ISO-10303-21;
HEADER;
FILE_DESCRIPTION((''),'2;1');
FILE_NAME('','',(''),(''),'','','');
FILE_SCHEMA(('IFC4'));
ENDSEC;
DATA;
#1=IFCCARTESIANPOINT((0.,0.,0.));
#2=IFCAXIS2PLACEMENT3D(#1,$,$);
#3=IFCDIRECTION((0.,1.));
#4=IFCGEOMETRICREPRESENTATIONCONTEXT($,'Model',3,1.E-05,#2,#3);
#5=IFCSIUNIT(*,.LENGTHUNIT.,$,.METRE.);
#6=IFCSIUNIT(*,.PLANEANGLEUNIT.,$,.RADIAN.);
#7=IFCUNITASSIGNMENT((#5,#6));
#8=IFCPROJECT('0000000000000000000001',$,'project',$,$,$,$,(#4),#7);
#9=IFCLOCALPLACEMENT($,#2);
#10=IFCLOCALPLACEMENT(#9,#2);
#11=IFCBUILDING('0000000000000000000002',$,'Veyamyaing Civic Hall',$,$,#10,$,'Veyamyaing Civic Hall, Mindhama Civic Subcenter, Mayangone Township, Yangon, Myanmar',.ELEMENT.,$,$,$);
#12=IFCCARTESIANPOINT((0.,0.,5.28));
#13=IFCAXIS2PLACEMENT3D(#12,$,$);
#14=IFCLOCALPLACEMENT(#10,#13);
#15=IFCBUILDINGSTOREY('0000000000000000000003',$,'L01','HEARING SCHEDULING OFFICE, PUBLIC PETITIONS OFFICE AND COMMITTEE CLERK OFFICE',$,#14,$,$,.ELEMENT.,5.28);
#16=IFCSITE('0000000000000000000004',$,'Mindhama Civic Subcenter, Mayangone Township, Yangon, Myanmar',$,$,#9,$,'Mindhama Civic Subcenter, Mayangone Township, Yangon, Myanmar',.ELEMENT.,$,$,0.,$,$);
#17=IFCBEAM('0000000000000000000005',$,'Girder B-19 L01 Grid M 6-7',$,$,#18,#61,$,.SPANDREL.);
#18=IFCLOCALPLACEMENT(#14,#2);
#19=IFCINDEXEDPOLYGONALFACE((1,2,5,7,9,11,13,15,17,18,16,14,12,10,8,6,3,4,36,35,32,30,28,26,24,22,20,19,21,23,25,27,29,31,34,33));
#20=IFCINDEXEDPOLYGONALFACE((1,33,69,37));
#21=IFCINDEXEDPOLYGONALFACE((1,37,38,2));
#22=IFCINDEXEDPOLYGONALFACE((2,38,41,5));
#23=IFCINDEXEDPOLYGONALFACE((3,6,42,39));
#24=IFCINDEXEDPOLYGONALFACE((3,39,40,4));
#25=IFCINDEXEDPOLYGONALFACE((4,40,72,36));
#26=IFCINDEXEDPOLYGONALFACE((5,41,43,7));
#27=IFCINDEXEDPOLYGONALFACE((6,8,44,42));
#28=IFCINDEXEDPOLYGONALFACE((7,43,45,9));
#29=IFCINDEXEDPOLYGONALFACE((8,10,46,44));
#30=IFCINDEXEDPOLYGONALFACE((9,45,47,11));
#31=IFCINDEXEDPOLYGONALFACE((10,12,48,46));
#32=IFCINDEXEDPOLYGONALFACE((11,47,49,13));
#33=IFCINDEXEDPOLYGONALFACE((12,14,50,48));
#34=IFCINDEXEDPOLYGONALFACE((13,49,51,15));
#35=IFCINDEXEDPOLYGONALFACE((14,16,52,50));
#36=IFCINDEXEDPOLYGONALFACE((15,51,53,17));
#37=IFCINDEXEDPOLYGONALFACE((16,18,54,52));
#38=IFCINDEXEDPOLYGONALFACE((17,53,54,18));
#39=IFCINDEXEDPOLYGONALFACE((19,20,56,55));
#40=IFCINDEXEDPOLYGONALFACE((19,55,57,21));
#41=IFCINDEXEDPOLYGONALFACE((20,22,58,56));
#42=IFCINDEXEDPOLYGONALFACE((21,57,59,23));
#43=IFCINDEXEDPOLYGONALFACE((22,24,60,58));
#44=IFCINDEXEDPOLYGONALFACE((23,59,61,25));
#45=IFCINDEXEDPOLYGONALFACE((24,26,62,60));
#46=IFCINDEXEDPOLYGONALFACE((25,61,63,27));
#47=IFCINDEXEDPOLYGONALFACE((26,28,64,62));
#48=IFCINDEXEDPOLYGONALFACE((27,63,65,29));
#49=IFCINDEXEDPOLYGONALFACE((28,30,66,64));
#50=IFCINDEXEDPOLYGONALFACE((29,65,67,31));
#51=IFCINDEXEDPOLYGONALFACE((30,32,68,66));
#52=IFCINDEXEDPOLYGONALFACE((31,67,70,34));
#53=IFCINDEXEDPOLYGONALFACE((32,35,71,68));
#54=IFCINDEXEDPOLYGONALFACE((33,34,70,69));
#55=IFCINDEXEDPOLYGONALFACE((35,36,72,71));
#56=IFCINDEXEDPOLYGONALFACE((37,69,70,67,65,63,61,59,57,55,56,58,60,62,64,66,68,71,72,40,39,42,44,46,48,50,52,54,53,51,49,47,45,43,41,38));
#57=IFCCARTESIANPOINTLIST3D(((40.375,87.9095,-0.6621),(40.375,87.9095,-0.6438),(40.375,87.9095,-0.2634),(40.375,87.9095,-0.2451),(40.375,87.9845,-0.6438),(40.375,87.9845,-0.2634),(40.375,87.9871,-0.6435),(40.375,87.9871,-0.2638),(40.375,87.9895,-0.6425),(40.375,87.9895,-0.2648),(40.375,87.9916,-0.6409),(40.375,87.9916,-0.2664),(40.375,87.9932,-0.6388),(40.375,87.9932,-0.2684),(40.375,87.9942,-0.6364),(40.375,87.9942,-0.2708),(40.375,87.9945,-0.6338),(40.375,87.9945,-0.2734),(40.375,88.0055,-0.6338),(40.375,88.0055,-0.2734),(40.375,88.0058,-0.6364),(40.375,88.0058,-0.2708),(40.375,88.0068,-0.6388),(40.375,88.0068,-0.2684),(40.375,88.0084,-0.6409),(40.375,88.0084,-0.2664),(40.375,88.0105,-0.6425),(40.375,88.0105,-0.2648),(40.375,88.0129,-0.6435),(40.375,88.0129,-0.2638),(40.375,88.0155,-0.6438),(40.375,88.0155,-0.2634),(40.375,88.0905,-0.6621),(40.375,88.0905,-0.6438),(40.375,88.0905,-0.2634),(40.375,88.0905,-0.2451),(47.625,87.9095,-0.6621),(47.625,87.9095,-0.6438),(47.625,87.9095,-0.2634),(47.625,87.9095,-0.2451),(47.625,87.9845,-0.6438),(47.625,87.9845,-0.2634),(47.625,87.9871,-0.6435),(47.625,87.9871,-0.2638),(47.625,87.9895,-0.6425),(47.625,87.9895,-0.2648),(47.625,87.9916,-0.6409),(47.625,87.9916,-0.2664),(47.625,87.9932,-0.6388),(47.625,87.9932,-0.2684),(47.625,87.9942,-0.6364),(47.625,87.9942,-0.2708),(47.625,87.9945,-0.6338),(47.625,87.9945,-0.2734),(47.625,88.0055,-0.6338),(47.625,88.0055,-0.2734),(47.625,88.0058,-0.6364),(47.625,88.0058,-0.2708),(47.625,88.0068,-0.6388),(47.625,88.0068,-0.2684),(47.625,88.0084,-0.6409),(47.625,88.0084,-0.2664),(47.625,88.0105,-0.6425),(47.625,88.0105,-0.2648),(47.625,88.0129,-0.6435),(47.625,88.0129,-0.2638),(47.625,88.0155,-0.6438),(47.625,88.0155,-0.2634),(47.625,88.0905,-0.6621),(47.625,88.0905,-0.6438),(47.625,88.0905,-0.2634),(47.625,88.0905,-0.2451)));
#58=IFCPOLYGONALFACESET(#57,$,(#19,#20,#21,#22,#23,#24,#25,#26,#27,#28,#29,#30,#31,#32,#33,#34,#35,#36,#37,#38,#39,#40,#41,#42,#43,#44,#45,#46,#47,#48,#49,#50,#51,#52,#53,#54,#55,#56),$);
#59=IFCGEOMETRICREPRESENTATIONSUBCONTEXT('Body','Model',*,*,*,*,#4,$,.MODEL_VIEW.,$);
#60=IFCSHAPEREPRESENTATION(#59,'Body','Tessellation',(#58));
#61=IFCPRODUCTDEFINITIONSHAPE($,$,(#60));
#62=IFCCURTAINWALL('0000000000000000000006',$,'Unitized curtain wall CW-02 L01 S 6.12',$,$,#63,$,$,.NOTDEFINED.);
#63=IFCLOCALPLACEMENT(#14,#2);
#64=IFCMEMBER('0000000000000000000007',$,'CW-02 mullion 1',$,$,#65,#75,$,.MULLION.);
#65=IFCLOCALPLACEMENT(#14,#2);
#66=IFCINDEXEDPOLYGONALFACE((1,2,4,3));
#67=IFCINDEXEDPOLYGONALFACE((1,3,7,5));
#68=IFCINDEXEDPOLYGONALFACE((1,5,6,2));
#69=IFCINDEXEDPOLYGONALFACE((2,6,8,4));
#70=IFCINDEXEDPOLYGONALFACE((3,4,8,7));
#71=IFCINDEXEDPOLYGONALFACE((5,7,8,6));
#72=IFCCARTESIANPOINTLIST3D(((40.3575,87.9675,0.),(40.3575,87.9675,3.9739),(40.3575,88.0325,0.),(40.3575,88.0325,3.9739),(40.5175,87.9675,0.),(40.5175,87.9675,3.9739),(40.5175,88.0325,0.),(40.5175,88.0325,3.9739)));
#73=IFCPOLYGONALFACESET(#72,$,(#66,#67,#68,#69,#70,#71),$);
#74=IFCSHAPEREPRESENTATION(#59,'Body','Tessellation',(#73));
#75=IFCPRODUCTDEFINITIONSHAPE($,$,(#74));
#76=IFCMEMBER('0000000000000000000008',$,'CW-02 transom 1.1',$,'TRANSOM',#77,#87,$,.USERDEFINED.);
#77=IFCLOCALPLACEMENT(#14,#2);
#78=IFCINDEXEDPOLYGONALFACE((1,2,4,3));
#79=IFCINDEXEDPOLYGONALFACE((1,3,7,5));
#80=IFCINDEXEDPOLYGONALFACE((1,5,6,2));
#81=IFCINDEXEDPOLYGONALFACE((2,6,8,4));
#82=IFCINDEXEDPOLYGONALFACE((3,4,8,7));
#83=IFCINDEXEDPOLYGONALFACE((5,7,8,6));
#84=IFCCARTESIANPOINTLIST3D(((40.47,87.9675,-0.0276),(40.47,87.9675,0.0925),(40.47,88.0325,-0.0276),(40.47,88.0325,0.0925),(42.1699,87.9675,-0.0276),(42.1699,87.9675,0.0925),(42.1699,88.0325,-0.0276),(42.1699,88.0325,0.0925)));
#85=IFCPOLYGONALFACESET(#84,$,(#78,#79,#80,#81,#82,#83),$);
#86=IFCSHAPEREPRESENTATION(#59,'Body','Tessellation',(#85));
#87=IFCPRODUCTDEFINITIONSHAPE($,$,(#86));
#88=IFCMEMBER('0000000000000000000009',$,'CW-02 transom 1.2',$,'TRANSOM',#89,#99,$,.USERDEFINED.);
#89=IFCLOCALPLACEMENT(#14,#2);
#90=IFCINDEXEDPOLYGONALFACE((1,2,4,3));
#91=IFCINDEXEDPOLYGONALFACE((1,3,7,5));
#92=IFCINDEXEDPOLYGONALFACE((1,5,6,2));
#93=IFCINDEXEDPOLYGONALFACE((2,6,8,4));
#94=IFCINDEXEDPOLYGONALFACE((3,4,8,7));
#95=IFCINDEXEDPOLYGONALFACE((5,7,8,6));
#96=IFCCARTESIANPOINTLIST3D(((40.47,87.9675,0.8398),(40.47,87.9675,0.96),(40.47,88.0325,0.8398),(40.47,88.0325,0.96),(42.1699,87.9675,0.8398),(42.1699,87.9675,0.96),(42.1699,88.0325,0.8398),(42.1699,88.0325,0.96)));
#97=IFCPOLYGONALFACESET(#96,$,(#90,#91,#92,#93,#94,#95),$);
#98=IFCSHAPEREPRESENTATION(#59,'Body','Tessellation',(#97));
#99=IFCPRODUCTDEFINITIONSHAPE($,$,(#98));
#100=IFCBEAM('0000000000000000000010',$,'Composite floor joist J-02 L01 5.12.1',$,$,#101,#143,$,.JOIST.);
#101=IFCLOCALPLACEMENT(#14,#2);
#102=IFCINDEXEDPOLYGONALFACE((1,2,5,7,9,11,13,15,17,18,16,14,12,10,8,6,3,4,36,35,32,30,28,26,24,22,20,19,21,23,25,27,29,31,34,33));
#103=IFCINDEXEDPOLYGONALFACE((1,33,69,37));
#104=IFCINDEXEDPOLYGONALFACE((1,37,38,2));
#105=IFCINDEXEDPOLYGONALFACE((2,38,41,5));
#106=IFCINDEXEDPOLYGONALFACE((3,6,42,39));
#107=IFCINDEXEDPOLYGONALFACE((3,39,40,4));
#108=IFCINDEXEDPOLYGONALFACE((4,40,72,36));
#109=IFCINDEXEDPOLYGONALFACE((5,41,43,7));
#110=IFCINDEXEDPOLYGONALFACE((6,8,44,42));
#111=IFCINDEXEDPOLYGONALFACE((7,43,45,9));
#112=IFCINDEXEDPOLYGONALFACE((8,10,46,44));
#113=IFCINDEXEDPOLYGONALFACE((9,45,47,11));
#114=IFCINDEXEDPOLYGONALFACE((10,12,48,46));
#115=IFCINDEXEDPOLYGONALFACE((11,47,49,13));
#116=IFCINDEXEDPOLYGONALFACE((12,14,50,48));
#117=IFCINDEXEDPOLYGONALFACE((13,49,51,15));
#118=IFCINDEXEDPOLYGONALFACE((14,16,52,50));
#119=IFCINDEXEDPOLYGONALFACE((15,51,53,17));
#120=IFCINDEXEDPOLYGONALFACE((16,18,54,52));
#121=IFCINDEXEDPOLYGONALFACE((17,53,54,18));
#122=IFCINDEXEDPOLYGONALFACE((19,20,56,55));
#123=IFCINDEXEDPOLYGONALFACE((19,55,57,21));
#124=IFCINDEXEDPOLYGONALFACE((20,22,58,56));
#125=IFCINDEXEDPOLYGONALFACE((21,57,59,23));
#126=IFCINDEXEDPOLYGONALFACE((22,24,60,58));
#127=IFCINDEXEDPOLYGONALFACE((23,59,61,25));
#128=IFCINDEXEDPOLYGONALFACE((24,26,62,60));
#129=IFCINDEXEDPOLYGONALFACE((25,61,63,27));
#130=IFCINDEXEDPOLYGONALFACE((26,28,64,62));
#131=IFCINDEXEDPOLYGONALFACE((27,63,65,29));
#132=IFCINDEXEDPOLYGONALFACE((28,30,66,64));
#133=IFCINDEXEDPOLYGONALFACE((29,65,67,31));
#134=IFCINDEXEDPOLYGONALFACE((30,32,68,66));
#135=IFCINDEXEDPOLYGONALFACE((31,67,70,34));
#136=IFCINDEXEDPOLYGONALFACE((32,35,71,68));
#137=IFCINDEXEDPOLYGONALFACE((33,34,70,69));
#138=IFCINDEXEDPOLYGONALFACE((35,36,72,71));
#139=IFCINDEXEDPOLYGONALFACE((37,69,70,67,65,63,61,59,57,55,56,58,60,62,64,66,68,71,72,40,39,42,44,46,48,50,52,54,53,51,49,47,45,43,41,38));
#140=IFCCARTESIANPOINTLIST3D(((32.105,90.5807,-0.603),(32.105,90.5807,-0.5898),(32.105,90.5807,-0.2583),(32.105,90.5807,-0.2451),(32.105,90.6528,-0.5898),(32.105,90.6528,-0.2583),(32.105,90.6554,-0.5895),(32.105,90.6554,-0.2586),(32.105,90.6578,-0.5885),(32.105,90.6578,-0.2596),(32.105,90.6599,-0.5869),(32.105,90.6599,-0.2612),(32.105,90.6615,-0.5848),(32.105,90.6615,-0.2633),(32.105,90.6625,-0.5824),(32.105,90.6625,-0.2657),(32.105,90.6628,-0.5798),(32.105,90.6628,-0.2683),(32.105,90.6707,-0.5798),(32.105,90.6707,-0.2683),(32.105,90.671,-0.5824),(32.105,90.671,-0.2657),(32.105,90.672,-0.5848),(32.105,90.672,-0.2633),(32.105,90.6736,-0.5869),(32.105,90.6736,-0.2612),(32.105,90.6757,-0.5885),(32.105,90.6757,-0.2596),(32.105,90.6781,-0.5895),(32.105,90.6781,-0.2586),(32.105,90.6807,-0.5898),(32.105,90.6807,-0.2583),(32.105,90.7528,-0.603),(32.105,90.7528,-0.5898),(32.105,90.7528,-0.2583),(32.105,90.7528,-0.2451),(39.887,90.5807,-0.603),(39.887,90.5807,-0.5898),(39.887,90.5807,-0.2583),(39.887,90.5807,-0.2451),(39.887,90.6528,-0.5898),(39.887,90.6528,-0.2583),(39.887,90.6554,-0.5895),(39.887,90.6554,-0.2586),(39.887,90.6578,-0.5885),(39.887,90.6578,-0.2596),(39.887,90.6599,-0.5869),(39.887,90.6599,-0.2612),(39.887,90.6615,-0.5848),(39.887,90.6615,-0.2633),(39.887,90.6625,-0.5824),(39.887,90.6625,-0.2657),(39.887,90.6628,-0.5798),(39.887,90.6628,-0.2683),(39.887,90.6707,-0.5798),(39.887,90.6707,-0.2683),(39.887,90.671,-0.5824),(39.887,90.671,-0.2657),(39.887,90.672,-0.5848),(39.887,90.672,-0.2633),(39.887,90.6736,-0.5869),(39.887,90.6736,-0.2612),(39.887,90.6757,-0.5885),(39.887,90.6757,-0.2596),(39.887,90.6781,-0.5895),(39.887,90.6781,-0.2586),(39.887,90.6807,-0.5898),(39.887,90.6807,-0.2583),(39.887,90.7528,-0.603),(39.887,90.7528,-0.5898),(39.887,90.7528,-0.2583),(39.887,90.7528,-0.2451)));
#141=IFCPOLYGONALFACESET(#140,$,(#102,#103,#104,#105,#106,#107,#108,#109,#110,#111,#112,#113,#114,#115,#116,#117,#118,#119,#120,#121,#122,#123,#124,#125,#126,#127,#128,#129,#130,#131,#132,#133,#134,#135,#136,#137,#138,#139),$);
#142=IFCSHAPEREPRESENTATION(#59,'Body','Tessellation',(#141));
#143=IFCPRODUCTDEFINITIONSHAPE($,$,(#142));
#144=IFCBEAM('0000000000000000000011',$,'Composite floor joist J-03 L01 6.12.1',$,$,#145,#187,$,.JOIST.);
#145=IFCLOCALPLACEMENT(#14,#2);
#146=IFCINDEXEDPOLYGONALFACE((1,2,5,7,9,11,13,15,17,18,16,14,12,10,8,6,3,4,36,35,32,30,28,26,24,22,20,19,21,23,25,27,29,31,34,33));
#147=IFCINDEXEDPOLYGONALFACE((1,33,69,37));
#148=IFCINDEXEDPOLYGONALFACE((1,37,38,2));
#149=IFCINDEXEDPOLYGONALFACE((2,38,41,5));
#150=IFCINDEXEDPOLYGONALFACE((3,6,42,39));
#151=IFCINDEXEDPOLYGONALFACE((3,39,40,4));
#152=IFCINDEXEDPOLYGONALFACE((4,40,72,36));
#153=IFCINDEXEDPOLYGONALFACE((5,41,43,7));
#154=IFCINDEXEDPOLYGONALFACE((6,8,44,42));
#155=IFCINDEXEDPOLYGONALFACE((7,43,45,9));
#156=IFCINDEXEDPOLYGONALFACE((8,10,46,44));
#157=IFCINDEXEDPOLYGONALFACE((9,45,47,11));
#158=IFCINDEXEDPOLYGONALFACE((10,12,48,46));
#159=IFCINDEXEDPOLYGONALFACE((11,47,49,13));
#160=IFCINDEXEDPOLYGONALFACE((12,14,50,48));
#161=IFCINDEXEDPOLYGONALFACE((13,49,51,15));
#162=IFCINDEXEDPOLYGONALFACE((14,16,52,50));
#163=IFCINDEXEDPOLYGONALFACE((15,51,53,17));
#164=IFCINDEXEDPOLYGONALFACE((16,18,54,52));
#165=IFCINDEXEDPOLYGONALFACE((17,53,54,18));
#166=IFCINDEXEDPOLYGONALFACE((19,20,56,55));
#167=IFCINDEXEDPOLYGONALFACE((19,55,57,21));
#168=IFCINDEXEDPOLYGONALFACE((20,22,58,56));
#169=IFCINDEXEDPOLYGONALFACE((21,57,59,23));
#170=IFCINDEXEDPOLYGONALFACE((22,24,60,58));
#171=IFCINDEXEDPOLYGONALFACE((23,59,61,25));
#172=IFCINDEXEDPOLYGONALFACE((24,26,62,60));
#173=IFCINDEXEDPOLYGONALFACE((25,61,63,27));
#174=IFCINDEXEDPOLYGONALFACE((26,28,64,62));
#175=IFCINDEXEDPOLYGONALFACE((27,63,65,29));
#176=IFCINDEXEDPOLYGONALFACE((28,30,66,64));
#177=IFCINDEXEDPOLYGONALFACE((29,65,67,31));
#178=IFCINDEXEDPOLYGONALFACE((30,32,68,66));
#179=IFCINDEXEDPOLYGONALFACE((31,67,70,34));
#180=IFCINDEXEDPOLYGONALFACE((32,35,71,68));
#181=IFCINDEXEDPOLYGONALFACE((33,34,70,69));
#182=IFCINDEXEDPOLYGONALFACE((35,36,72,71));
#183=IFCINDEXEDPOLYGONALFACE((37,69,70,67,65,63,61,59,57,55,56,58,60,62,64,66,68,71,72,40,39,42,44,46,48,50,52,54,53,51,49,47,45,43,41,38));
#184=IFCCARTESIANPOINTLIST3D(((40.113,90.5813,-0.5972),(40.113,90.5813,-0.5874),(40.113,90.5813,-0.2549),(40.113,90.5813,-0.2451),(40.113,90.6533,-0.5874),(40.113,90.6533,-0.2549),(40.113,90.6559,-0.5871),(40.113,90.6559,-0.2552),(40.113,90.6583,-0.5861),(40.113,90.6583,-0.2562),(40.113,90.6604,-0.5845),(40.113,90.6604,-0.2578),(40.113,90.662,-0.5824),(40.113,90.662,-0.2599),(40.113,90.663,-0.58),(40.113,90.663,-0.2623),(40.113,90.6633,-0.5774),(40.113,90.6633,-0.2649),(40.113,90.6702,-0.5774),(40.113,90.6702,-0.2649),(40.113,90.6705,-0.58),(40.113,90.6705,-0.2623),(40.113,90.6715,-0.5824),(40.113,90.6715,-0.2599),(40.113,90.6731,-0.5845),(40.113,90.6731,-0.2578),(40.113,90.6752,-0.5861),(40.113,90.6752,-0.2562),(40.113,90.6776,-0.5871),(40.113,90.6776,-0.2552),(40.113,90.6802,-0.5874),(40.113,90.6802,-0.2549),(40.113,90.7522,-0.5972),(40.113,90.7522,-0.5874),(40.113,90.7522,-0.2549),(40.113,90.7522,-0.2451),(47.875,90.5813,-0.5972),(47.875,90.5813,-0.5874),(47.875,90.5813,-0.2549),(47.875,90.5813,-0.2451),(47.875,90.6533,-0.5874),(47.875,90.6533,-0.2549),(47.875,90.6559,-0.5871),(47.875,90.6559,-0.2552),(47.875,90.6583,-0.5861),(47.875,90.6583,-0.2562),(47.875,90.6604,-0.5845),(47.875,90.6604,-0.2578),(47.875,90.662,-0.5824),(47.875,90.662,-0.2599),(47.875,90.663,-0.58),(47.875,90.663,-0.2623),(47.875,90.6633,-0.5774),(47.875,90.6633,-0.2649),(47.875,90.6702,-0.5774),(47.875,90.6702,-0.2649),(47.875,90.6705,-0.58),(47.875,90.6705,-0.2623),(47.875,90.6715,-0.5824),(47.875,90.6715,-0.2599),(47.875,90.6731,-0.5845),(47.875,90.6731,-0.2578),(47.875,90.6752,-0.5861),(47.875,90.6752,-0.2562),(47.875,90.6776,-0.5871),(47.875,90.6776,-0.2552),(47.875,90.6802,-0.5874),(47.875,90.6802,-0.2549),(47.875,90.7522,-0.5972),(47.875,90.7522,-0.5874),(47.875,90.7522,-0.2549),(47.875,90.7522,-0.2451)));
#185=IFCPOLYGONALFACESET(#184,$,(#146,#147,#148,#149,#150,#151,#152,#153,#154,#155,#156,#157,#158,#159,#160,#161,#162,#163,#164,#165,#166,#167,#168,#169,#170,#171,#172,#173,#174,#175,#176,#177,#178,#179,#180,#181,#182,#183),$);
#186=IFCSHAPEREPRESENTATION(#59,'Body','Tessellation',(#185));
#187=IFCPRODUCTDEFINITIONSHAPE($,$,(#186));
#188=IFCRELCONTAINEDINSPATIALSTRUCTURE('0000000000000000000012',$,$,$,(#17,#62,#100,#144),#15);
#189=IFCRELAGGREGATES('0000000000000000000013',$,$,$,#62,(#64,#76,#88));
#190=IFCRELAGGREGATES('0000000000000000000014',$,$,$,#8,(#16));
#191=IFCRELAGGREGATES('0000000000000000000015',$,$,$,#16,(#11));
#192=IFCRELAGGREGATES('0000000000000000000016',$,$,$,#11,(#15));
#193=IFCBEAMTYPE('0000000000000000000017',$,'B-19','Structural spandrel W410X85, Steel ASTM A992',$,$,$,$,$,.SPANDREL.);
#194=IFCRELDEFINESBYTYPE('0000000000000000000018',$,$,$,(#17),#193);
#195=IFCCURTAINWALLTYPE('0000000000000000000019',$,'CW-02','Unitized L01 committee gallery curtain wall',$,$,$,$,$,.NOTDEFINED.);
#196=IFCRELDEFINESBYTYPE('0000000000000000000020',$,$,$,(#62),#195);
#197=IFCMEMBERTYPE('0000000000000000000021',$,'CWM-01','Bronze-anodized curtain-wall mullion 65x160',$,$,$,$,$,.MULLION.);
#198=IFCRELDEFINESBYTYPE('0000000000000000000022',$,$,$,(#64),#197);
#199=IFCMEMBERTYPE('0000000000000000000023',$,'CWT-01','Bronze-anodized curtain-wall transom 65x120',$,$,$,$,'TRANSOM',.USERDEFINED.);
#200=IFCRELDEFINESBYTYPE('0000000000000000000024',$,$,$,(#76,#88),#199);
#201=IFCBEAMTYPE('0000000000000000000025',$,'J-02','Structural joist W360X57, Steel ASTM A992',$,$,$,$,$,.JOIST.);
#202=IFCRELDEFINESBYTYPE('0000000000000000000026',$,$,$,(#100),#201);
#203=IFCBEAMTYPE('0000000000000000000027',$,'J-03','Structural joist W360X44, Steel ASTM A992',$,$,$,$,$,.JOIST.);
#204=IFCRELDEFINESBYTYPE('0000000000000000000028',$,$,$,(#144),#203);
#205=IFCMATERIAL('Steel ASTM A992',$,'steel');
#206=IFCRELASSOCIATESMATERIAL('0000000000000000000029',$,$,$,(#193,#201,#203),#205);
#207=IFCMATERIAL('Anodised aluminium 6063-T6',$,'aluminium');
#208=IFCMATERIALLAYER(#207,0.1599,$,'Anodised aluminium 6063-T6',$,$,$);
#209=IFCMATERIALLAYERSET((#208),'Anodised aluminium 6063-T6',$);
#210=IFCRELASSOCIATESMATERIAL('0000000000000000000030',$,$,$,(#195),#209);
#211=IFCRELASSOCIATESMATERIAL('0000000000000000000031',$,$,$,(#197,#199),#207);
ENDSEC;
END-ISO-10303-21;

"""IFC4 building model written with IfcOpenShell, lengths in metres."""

from ifc_helpers import new_model, si_unit, direction, frame, origin, origin_2d, place, context, subcontext, project, spatial, rectangle, i_section, extrude, material, layer, layer_set, material_profile, profile_set, type_object, element, aggregate, save


model = new_model("IFC4")

# Units and contexts
model_context = context("Model", 3, precision=1e-05, world=origin(), true_north=direction((0.0, 1.0)))
body_context = subcontext(model_context, "Body", "Model", "MODEL_VIEW")
ifc_project = project(units=[si_unit("LENGTHUNIT", "METRE"), si_unit("PLANEANGLEUNIT", "RADIAN")], contexts=[model_context])

# Site, building, storey
site_placement = place(None, origin())
site = spatial("IfcSite", under=ifc_project, at=site_placement, Name="Mindhama Civic Subcenter, Mayangone Township, Yangon, Myanmar", LongName="Mindhama Civic Subcenter, Mayangone Township, Yangon, Myanmar", CompositionType="ELEMENT", RefElevation=0.0)
building_placement = place(site_placement, origin())
building = spatial("IfcBuilding", under=site, at=building_placement, Name="Veyamyaing Civic Hall", LongName="Veyamyaing Civic Hall, Mindhama Civic Subcenter, Mayangone Township, Yangon, Myanmar", CompositionType="ELEMENT")
storey_placement = place(building_placement, frame((0.0, 0.0, 5.28)))
storey = spatial("IfcBuildingStorey", under=building, at=storey_placement, Name="L01", Description="HEARING SCHEDULING OFFICE, PUBLIC PETITIONS OFFICE AND COMMITTEE CLERK OFFICE", CompositionType="ELEMENT", Elevation=5.28)

# Beam
ifc_material_1 = material(Name="Steel ASTM A992", Category="steel")
ifc_material_profile_1 = material_profile(ifc_material_1, i_section(OverallWidth=0.1809, OverallDepth=0.417, WebThickness=0.011, FlangeThickness=0.0183, FilletRadius=0.01, at=origin_2d()), Name="W410X85")
ifc_profile_set_1 = profile_set([ifc_material_profile_1], Name="Steel ASTM A992")
beam_type_1 = type_object("IfcBeamType", Name="B-19", Description="Structural spandrel W410X85, Steel ASTM A992", PredefinedType="SPANDREL", material=ifc_profile_set_1)
beam_1_placement = place(storey_placement, frame((40.375, 88.0, -0.4536), z_axis=(1.0, 0.0, 0.0), x_axis=(0.0, 1.0, 0.0)))
element("IfcBeam", 1, at=beam_1_placement, inside=storey, type_object=beam_type_1, Name="Girder B-19 L01 Grid M 6-7", PredefinedType="SPANDREL", context=body_context, shape_type="SweptSolid", body=[
    extrude(i_section(OverallWidth=0.1809, OverallDepth=0.417, WebThickness=0.011, FlangeThickness=0.0183, FilletRadius=0.01, at=origin_2d()), origin(), (0.0, 0.0, 1.0), 7.25),
])

# Curtain wall, members
ifc_material_2 = material(Name="Anodised aluminium 6063-T6", Category="aluminium")
ifc_layer_1 = layer(ifc_material_2, 0.1599, Name="Anodised aluminium 6063-T6")
ifc_layer_set_1 = layer_set([ifc_layer_1], Name="Anodised aluminium 6063-T6")
curtain_wall_type = type_object("IfcCurtainWallType", Name="CW-02", Description="Unitized L01 committee gallery curtain wall", PredefinedType="NOTDEFINED", material=ifc_layer_set_1)
curtain_wall_placement = place(storey_placement, origin())
curtain_wall = element("IfcCurtainWall", 2, at=curtain_wall_placement, inside=storey, type_object=curtain_wall_type, Name="Unitized curtain wall CW-02 L01 S 6.12", PredefinedType="NOTDEFINED")
ifc_material_profile_2 = material_profile(ifc_material_2, rectangle(XDim=0.0649, YDim=0.1599, at=origin_2d()), Name="ALU-MUL-65X160")
ifc_profile_set_2 = profile_set([ifc_material_profile_2], Name="Anodised aluminium 6063-T6")
member_type_1 = type_object("IfcMemberType", Name="CWM-01", Description="Bronze-anodized curtain-wall mullion 65x160", PredefinedType="MULLION", material=ifc_profile_set_2)
member_1_placement = place(storey_placement, frame((40.4375, 88.0, 0.0), z_axis=(0.0, 0.0, 1.0), x_axis=(0.0, 1.0, 0.0)))
member_1 = element("IfcMember", 3, at=member_1_placement, type_object=member_type_1, Name="CW-02 mullion 1", PredefinedType="MULLION", context=body_context, shape_type="SweptSolid", body=[
    extrude(rectangle(XDim=0.0649, YDim=0.1599, at=origin_2d()), origin(), (0.0, 0.0, 1.0), 3.9739),
])
ifc_material_profile_3 = material_profile(ifc_material_2, rectangle(XDim=0.0649, YDim=0.1201, at=origin_2d()), Name="ALU-TRN-65X120")
ifc_profile_set_3 = profile_set([ifc_material_profile_3], Name="Anodised aluminium 6063-T6")
member_type_2 = type_object("IfcMemberType", Name="CWT-01", Description="Bronze-anodized curtain-wall transom 65x120", ElementType="TRANSOM", PredefinedType="USERDEFINED", material=ifc_profile_set_3)
member_2_placement = place(storey_placement, frame((40.47, 88.0, 0.0325), z_axis=(1.0, 0.0, 0.0), x_axis=(0.0, 1.0, 0.0)))
member_2 = element("IfcMember", 4, at=member_2_placement, type_object=member_type_2, Name="CW-02 transom 1.1", ObjectType="TRANSOM", PredefinedType="USERDEFINED", context=body_context, shape_type="SweptSolid", body=[
    extrude(rectangle(XDim=0.0649, YDim=0.1201, at=origin_2d()), origin(), (0.0, 0.0, 1.0), 1.7),
])
member_3_placement = place(storey_placement, frame((40.47, 88.0, 0.8999), z_axis=(1.0, 0.0, 0.0), x_axis=(0.0, 1.0, 0.0)))
member_3 = element("IfcMember", 5, at=member_3_placement, type_object=member_type_2, Name="CW-02 transom 1.2", ObjectType="TRANSOM", PredefinedType="USERDEFINED", context=body_context, shape_type="SweptSolid", body=[
    extrude(rectangle(XDim=0.0649, YDim=0.1201, at=origin_2d()), origin(), (0.0, 0.0, 1.0), 1.7),
])
aggregate(curtain_wall, [member_1, member_2, member_3])

# Beams
ifc_material_profile_4 = material_profile(ifc_material_1, i_section(OverallWidth=0.1721, OverallDepth=0.3579, WebThickness=0.0078, FlangeThickness=0.0132, FilletRadius=0.01, at=origin_2d()), Name="W360X57")
ifc_profile_set_4 = profile_set([ifc_material_profile_4], Name="Steel ASTM A992")
beam_type_2 = type_object("IfcBeamType", Name="J-02", Description="Structural joist W360X57, Steel ASTM A992", PredefinedType="JOIST", material=ifc_profile_set_4)
beam_2_placement = place(storey_placement, frame((32.105, 90.6667, -0.4241), z_axis=(1.0, 0.0, 0.0), x_axis=(0.0, 1.0, 0.0)))
element("IfcBeam", 6, at=beam_2_placement, inside=storey, type_object=beam_type_2, Name="Composite floor joist J-02 L01 5.12.1", PredefinedType="JOIST", context=body_context, shape_type="SweptSolid", body=[
    extrude(i_section(OverallWidth=0.1721, OverallDepth=0.3579, WebThickness=0.0078, FlangeThickness=0.0132, FilletRadius=0.01, at=origin_2d()), origin(), (0.0, 0.0, 1.0), 7.782),
])
ifc_material_profile_5 = material_profile(ifc_material_1, i_section(OverallWidth=0.1709, OverallDepth=0.3521, WebThickness=0.0068, FlangeThickness=0.0098, FilletRadius=0.01, at=origin_2d()), Name="W360X44")
ifc_profile_set_5 = profile_set([ifc_material_profile_5], Name="Steel ASTM A992")
beam_type_3 = type_object("IfcBeamType", Name="J-03", Description="Structural joist W360X44, Steel ASTM A992", PredefinedType="JOIST", material=ifc_profile_set_5)
beam_3_placement = place(storey_placement, frame((40.113, 90.6667, -0.4211), z_axis=(1.0, 0.0, 0.0), x_axis=(0.0, 1.0, 0.0)))
element("IfcBeam", 7, at=beam_3_placement, inside=storey, type_object=beam_type_3, Name="Composite floor joist J-03 L01 6.12.1", PredefinedType="JOIST", context=body_context, shape_type="SweptSolid", body=[
    extrude(i_section(OverallWidth=0.1709, OverallDepth=0.3521, WebThickness=0.0068, FlangeThickness=0.0098, FilletRadius=0.01, at=origin_2d()), origin(), (0.0, 0.0, 1.0), 7.762),
])

save(model, "model.ifc")
